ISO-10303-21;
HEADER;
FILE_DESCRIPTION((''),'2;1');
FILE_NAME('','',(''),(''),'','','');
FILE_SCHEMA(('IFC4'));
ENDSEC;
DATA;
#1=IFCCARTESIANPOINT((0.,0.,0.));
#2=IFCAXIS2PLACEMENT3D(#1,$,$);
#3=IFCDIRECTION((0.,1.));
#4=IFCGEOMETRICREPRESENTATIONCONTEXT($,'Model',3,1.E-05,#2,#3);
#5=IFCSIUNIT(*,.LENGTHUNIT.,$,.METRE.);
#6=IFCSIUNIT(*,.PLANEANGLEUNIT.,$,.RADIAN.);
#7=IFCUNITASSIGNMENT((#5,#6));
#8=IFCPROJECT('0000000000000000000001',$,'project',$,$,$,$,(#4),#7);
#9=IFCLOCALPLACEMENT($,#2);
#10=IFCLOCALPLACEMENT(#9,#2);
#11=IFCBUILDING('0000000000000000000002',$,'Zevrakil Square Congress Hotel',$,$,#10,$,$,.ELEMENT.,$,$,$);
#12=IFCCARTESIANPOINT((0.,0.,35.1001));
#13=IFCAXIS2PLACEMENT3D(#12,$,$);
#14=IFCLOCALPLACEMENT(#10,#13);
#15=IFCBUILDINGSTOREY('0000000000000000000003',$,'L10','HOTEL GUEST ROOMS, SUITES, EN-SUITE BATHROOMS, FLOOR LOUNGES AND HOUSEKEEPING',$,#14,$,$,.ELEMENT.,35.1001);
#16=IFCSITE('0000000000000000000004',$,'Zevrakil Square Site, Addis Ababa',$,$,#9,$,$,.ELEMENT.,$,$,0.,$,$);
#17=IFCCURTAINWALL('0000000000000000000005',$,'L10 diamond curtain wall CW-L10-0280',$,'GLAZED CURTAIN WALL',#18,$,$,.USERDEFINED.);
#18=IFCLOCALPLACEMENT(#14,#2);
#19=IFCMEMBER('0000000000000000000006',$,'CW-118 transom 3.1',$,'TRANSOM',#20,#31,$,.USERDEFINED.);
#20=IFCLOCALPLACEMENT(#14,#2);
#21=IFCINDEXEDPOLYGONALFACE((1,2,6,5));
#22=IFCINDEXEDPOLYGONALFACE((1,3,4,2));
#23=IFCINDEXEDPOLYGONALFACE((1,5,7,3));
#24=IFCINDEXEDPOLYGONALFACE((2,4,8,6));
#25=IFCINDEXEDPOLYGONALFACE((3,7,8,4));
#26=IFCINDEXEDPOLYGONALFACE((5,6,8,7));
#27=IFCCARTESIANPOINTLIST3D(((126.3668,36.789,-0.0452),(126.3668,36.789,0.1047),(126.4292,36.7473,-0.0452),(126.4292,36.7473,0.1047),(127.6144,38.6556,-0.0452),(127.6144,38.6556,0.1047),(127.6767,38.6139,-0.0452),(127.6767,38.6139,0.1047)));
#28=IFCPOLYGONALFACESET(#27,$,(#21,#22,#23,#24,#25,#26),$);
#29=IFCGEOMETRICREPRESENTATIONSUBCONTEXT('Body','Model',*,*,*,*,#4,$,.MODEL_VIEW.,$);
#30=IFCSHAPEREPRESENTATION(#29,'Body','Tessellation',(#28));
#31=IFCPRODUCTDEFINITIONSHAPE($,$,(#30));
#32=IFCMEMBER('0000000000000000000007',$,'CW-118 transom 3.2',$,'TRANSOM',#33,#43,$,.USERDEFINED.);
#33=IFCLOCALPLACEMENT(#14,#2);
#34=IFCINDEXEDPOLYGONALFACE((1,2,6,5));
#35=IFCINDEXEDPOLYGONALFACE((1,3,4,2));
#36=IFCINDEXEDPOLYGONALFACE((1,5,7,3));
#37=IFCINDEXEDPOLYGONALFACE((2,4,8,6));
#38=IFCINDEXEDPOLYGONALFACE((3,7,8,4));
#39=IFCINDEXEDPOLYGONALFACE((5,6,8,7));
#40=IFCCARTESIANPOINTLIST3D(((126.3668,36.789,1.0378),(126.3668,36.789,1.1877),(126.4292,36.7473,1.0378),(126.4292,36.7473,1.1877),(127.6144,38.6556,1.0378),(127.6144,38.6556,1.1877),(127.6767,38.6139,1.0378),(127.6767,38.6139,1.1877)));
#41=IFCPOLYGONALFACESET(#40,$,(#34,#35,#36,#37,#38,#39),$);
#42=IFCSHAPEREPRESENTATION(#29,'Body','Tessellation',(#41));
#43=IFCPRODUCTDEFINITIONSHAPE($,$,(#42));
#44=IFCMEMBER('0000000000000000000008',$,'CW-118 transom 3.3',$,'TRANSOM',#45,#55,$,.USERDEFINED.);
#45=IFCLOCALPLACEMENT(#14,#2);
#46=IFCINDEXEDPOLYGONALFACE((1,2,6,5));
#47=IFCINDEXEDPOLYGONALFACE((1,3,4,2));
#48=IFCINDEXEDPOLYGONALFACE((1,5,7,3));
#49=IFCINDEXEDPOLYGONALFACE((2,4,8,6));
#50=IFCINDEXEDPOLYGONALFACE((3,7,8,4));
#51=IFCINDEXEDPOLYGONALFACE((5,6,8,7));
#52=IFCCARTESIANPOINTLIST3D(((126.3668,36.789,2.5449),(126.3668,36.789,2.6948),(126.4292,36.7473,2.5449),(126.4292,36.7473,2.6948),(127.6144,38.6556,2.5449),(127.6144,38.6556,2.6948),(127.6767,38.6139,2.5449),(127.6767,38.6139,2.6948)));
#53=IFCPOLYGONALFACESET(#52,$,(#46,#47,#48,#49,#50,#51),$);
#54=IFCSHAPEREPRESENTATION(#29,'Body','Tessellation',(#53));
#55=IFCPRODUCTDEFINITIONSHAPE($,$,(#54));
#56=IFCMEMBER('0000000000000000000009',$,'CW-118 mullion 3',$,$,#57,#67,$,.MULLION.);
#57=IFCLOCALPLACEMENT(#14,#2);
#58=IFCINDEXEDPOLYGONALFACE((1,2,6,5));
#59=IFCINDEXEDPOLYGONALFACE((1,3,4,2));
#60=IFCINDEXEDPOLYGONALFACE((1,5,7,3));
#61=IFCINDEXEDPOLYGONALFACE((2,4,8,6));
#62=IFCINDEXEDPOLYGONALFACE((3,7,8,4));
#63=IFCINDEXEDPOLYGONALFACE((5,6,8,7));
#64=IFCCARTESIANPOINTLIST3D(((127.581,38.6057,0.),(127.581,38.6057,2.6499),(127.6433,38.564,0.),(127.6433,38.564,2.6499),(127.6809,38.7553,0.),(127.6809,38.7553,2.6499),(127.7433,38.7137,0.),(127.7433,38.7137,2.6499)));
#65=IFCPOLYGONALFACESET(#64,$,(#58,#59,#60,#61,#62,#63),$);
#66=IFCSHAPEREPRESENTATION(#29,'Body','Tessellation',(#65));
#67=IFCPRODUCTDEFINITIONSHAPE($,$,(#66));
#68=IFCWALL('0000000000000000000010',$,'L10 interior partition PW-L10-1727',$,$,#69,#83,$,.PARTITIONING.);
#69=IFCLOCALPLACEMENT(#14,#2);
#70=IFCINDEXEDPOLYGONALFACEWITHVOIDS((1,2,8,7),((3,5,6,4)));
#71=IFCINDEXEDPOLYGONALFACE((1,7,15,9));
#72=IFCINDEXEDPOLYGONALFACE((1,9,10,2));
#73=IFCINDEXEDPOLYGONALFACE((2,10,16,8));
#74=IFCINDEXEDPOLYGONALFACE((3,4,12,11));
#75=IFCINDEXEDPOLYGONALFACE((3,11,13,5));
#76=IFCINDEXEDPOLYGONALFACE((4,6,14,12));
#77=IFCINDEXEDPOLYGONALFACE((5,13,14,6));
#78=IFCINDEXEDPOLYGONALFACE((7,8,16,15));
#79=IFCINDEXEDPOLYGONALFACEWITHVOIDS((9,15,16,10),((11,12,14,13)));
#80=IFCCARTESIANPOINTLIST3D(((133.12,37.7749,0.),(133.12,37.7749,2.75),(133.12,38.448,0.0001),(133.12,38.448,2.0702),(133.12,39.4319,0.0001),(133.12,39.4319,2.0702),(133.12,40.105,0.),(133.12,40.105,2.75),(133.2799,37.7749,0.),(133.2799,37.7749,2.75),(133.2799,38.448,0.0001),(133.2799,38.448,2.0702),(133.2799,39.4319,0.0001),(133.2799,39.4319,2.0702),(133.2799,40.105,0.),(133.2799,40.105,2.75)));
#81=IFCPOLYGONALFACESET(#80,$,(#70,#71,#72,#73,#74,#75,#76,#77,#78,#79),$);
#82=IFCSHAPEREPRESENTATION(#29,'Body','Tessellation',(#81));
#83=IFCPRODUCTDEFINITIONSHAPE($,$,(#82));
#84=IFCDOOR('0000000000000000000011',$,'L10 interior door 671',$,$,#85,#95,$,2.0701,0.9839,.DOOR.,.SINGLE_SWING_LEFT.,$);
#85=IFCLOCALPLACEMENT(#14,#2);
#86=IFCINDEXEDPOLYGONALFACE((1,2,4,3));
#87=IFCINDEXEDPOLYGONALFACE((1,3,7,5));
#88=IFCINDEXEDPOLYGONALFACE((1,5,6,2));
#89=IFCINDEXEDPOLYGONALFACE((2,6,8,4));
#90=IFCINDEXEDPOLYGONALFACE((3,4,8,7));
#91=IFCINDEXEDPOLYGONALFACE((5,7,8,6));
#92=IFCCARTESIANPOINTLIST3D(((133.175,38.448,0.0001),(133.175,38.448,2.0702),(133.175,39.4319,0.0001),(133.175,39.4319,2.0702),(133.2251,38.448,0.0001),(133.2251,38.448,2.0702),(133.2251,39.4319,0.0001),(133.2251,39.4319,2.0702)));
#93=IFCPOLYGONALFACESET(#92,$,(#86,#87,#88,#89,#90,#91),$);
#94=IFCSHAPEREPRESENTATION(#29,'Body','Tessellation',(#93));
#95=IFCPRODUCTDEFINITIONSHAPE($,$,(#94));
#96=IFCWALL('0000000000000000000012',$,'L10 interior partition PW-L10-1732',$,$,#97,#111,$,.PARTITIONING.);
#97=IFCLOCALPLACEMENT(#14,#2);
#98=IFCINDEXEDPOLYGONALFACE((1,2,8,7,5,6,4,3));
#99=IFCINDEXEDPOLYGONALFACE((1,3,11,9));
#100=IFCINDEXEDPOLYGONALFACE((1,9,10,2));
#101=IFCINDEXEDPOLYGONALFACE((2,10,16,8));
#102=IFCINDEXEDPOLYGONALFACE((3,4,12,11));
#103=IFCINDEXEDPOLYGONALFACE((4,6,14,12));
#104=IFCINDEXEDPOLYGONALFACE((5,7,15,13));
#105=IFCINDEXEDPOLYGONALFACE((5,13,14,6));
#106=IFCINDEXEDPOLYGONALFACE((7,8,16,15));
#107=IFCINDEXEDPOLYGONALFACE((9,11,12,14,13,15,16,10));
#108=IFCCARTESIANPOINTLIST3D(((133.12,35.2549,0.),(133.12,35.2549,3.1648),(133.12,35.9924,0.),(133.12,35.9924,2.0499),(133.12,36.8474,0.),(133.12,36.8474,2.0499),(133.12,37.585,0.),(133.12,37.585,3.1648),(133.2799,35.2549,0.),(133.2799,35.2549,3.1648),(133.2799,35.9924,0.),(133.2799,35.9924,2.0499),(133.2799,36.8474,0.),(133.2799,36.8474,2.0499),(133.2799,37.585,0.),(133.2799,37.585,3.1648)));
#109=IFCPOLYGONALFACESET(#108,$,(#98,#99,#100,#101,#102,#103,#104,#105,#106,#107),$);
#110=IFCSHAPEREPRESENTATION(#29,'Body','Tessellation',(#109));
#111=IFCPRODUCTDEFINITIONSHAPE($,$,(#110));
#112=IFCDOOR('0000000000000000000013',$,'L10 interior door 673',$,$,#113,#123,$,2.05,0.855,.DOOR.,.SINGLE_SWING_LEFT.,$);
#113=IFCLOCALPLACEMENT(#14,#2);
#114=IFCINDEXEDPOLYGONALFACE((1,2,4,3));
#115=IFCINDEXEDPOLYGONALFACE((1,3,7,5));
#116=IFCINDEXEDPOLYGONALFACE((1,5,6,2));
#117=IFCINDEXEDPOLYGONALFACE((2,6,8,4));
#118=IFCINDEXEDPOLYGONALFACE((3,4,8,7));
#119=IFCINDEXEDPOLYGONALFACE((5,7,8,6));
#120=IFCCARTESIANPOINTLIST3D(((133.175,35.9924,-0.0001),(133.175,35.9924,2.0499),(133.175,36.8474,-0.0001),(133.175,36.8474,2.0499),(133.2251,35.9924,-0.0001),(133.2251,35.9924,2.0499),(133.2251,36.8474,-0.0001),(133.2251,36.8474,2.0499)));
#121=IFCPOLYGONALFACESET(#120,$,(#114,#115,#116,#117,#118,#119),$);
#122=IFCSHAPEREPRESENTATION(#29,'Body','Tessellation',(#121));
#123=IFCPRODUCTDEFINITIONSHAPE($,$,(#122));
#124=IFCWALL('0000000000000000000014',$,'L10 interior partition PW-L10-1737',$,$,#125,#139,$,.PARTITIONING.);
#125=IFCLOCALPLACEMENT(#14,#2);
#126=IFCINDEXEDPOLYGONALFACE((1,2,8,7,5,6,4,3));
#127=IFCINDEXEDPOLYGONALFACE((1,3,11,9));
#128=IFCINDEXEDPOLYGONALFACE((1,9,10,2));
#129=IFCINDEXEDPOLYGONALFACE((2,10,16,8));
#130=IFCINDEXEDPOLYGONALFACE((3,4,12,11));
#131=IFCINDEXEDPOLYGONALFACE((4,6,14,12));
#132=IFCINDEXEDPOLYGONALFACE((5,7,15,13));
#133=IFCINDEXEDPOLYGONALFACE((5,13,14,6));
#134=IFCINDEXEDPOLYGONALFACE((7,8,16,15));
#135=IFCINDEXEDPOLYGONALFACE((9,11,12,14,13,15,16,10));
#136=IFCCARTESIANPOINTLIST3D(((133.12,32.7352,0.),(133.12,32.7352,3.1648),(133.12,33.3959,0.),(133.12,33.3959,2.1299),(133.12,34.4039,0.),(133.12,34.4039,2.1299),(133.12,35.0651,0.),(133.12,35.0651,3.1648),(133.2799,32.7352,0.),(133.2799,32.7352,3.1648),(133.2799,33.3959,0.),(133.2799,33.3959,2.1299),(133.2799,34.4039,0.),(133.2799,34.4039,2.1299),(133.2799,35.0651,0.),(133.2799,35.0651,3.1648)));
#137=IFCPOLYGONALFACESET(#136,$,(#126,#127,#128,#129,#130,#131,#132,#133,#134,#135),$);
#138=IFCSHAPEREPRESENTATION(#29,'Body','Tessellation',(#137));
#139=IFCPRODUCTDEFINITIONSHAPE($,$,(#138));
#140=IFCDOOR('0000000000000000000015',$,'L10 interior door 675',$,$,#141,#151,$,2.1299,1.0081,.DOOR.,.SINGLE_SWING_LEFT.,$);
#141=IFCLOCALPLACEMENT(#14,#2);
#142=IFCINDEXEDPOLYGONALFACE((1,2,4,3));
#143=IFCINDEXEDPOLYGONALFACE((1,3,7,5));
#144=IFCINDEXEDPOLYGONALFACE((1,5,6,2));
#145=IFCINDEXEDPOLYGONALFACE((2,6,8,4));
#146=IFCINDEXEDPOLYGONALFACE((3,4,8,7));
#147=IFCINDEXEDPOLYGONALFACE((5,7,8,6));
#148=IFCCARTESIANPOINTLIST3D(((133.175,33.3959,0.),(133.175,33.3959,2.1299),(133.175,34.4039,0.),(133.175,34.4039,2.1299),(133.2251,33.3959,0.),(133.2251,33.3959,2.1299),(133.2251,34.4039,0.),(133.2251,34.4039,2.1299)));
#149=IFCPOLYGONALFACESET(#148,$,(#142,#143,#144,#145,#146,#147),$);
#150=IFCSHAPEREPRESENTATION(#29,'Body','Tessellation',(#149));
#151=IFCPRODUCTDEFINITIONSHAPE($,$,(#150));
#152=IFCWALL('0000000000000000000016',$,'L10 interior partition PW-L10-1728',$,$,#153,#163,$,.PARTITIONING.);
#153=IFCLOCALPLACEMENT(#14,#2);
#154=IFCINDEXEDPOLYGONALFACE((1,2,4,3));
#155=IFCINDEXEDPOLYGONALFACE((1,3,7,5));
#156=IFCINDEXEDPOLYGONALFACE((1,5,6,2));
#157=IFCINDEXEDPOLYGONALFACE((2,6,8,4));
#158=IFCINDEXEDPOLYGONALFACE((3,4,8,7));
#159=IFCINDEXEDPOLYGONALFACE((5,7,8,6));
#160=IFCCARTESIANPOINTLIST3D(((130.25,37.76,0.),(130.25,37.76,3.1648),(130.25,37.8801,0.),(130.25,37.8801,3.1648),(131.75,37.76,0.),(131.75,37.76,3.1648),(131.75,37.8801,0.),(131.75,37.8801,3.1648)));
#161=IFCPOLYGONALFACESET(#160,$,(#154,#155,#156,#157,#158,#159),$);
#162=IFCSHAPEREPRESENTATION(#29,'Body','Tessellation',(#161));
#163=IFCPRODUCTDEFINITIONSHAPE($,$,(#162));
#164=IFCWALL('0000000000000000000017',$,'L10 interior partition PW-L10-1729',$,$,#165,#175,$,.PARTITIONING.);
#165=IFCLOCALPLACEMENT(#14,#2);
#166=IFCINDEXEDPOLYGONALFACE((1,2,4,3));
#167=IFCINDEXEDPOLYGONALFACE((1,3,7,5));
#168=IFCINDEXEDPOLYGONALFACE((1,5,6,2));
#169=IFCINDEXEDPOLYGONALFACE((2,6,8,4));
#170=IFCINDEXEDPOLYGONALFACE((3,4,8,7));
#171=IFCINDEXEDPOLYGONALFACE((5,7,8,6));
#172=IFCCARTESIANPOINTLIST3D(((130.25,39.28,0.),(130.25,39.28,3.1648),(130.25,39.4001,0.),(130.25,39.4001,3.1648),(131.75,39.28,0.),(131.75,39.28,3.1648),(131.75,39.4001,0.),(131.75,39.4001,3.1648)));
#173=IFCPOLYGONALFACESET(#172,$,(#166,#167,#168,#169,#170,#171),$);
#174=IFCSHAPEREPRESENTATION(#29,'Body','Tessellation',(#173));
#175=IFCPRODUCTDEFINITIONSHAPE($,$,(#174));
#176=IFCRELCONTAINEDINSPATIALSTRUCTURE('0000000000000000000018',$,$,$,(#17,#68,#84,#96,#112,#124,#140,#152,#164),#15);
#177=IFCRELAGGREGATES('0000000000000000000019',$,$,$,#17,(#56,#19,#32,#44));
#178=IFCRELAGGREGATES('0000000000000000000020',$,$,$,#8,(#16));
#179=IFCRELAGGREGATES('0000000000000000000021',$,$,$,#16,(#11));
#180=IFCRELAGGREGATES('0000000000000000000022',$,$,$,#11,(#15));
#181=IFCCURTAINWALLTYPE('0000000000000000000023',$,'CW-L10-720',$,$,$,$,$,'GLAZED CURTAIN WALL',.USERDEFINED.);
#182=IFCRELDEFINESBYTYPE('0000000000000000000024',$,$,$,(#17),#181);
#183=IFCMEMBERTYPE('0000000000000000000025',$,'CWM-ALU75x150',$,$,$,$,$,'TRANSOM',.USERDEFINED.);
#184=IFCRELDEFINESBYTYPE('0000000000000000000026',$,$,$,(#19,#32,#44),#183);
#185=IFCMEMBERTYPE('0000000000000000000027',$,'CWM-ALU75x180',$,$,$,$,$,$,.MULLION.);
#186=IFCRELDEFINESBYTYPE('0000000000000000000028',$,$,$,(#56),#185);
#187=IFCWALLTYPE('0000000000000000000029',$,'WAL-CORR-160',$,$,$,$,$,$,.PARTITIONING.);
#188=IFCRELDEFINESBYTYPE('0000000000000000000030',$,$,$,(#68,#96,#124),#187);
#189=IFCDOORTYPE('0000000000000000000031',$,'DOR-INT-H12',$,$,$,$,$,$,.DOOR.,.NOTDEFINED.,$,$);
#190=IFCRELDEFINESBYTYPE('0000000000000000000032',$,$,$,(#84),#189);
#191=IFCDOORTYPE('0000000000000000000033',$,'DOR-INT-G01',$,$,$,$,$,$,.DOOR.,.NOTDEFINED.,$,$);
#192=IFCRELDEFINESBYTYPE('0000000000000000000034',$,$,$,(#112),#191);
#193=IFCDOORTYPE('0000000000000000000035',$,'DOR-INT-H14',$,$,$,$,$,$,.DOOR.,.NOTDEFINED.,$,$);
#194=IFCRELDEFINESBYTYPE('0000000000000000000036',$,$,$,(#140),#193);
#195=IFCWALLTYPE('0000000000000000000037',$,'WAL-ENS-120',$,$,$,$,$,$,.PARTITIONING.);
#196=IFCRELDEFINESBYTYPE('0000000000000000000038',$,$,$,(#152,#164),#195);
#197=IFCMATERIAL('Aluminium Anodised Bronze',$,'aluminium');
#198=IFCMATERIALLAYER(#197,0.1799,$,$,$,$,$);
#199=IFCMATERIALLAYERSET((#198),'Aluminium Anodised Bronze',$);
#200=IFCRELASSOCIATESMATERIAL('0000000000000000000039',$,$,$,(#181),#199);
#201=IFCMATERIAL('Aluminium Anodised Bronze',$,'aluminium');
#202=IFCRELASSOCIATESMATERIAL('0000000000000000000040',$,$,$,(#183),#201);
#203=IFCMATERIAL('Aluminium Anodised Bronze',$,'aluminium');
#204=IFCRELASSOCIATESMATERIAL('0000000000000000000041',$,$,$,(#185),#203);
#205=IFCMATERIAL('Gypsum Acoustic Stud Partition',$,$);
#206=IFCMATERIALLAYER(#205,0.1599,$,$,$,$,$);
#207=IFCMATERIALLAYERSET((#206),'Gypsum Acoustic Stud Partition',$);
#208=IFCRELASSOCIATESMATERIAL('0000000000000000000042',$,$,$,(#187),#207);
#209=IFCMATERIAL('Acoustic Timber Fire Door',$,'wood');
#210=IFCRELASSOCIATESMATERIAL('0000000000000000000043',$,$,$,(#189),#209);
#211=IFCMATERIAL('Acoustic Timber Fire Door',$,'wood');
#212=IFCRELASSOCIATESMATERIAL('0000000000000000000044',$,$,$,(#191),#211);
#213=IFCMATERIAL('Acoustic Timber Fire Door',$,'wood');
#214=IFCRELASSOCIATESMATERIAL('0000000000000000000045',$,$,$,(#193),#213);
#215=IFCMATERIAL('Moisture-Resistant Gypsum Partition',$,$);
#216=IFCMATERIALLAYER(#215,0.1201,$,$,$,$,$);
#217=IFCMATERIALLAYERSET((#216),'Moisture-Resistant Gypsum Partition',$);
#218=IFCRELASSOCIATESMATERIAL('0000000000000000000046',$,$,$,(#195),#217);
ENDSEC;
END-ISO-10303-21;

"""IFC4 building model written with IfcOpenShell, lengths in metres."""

from ifc_helpers import new_model, si_unit, direction, frame, frame_2d, origin, origin_2d, place, context, subcontext, project, spatial, rectangle, extrude, material, layer, layer_set, material_profile, profile_set, type_object, element, fill, aggregate, save


model = new_model("IFC4")

# Units and contexts
model_context = context("Model", 3, precision=1e-05, world=origin(), true_north=direction((0.0, 1.0)))
body_context = subcontext(model_context, "Body", "Model", "MODEL_VIEW")
ifc_project = project(units=[si_unit("LENGTHUNIT", "METRE"), si_unit("PLANEANGLEUNIT", "RADIAN")], contexts=[model_context])

# Site, building, storey
site_placement = place(None, origin())
site = spatial("IfcSite", under=ifc_project, at=site_placement, Name="Zevrakil Square Site, Addis Ababa", CompositionType="ELEMENT", RefElevation=0.0)
building_placement = place(site_placement, origin())
building = spatial("IfcBuilding", under=site, at=building_placement, Name="Zevrakil Square Congress Hotel", CompositionType="ELEMENT")
storey_placement = place(building_placement, frame((0.0, 0.0, 35.1001)))
storey = spatial("IfcBuildingStorey", under=building, at=storey_placement, Name="L10", Description="HOTEL GUEST ROOMS, SUITES, EN-SUITE BATHROOMS, FLOOR LOUNGES AND HOUSEKEEPING", CompositionType="ELEMENT", Elevation=35.1001)

# Curtain wall, members
ifc_material_1 = material(Name="Aluminium Anodised Bronze", Category="aluminium")
ifc_layer_1 = layer(ifc_material_1, 0.1799)
ifc_layer_set_1 = layer_set([ifc_layer_1], Name="Aluminium Anodised Bronze")
curtain_wall_type = type_object("IfcCurtainWallType", Name="CW-L10-720", ElementType="GLAZED CURTAIN WALL", PredefinedType="USERDEFINED", material=ifc_layer_set_1)
curtain_wall_placement = place(storey_placement, origin())
curtain_wall = element("IfcCurtainWall", 1, at=curtain_wall_placement, inside=storey, type_object=curtain_wall_type, Name="L10 diamond curtain wall CW-L10-0280", ObjectType="GLAZED CURTAIN WALL", PredefinedType="USERDEFINED")
ifc_material_2 = material(Name="Aluminium Anodised Bronze", Category="aluminium")
ifc_material_profile_1 = material_profile(ifc_material_2, rectangle(XDim=0.075, YDim=0.1499, at=origin_2d()), Name="ALU 75x150")
ifc_profile_set_1 = profile_set([ifc_material_profile_1], Name="Aluminium Anodised Bronze")
member_type_1 = type_object("IfcMemberType", Name="CWM-ALU75x150", ElementType="TRANSOM", PredefinedType="USERDEFINED", material=ifc_profile_set_1)
member_1_placement = place(storey_placement, frame((127.6455, 38.6348, 0.0298), z_axis=(-0.555653, -0.831414, 0.0), x_axis=(0.831414, -0.555653, 0.0)))
member_1 = element("IfcMember", 2, at=member_1_placement, type_object=member_type_1, Name="CW-118 transom 3.1", ObjectType="TRANSOM", PredefinedType="USERDEFINED", context=body_context, shape_type="SweptSolid", body=[
    extrude(rectangle(XDim=0.075, YDim=0.1499, at=origin_2d()), origin(), (0.0, 0.0, 1.0), 2.2451),
])
member_2_placement = place(storey_placement, frame((127.6455, 38.6348, 1.1128), z_axis=(-0.555653, -0.831414, 0.0), x_axis=(0.831414, -0.555653, 0.0)))
member_2 = element("IfcMember", 3, at=member_2_placement, type_object=member_type_1, Name="CW-118 transom 3.2", ObjectType="TRANSOM", PredefinedType="USERDEFINED", context=body_context, shape_type="SweptSolid", body=[
    extrude(rectangle(XDim=0.075, YDim=0.1499, at=origin_2d()), origin(), (0.0, 0.0, 1.0), 2.2451),
])
member_3_placement = place(storey_placement, frame((127.6455, 38.6348, 2.6199), z_axis=(-0.555653, -0.831414, 0.0), x_axis=(0.831414, -0.555653, 0.0)))
member_3 = element("IfcMember", 4, at=member_3_placement, type_object=member_type_1, Name="CW-118 transom 3.3", ObjectType="TRANSOM", PredefinedType="USERDEFINED", context=body_context, shape_type="SweptSolid", body=[
    extrude(rectangle(XDim=0.075, YDim=0.1499, at=origin_2d()), origin(), (0.0, 0.0, 1.0), 2.2451),
])
ifc_material_3 = material(Name="Aluminium Anodised Bronze", Category="aluminium")
ifc_material_profile_2 = material_profile(ifc_material_3, rectangle(XDim=0.075, YDim=0.1799, at=origin_2d()), Name="ALU 75x180")
ifc_profile_set_2 = profile_set([ifc_material_profile_2], Name="Aluminium Anodised Bronze")
member_type_2 = type_object("IfcMemberType", Name="CWM-ALU75x180", PredefinedType="MULLION", material=ifc_profile_set_2)
member_4_placement = place(storey_placement, frame((127.6621, 38.6597, 0.0), z_axis=(0.0, 0.0, 1.0), x_axis=(0.831466, -0.555576, 0.0)))
member_4 = element("IfcMember", 5, at=member_4_placement, type_object=member_type_2, Name="CW-118 mullion 3", PredefinedType="MULLION", context=body_context, shape_type="SweptSolid", body=[
    extrude(rectangle(XDim=0.075, YDim=0.1799, at=origin_2d()), origin(), (0.0, 0.0, 1.0), 2.6499),
])
aggregate(curtain_wall, [member_4, member_1, member_2, member_3])

# Walls, openings, doors
ifc_material_4 = material(Name="Gypsum Acoustic Stud Partition")
ifc_layer_2 = layer(ifc_material_4, 0.1599)
ifc_layer_set_2 = layer_set([ifc_layer_2], Name="Gypsum Acoustic Stud Partition")
wall_type_1 = type_object("IfcWallType", Name="WAL-CORR-160", PredefinedType="PARTITIONING", material=ifc_layer_set_2)
wall_1_placement = place(storey_placement, frame((133.2, 37.7749, 0.0), z_axis=(0.0, 0.0, 1.0), x_axis=(0.0, 1.0, 0.0)))
wall_1 = element("IfcWall", 6, at=wall_1_placement, inside=storey, type_object=wall_type_1, Name="L10 interior partition PW-L10-1727", PredefinedType="PARTITIONING", context=body_context, shape_type="SweptSolid", body=[
    extrude(rectangle(XDim=2.3301, YDim=0.1599, at=frame_2d((1.165, 0.0))), origin(), (0.0, 0.0, 1.0), 2.75),
])
opening_1_placement = place(wall_1_placement, frame((0.6731, 0.0, 0.0)))
opening_1 = element("IfcOpeningElement", 7, at=opening_1_placement, cuts=wall_1, PredefinedType="OPENING", context=body_context, shape_type="SweptSolid", body=[
    extrude(rectangle(XDim=0.9839, YDim=2.0701, at=frame_2d((0.4919, 1.0352))), frame((0.0, 0.0898, 0.0), z_axis=(0.0, -1.0, 0.0), x_axis=(1.0, 0.0, 0.0)), (0.0, 0.0, 1.0), 0.1799),
])
ifc_material_5 = material(Name="Acoustic Timber Fire Door", Category="wood")
door_type_1 = type_object("IfcDoorType", Name="DOR-INT-H12", OperationType="NOTDEFINED", PredefinedType="DOOR", material=ifc_material_5)
door_1_placement = place(opening_1_placement, origin())
door_1 = element("IfcDoor", 8, at=door_1_placement, inside=storey, type_object=door_type_1, Name="L10 interior door 671", OperationType="SINGLE_SWING_LEFT", OverallHeight=2.0701, OverallWidth=0.9839, PredefinedType="DOOR", context=body_context, shape_type="SweptSolid", body=[
    extrude(rectangle(XDim=0.9839, YDim=2.0701, at=frame_2d((0.4919, 1.0352))), frame((0.0, 0.0249, 0.0), z_axis=(0.0, -1.0, 0.0), x_axis=(1.0, 0.0, 0.0)), (0.0, 0.0, 1.0), 0.05),
])
fill(opening_1, door_1)
wall_2_placement = place(storey_placement, frame((133.2, 35.2549, 0.0), z_axis=(0.0, 0.0, 1.0), x_axis=(0.0, 1.0, 0.0)))
wall_2 = element("IfcWall", 9, at=wall_2_placement, inside=storey, type_object=wall_type_1, Name="L10 interior partition PW-L10-1732", PredefinedType="PARTITIONING", context=body_context, shape_type="SweptSolid", body=[
    extrude(rectangle(XDim=2.3301, YDim=0.1599, at=frame_2d((1.165, 0.0))), origin(), (0.0, 0.0, 1.0), 3.1648),
])
opening_2_placement = place(wall_2_placement, frame((0.7375, 0.0, 0.0)))
opening_2 = element("IfcOpeningElement", 10, at=opening_2_placement, cuts=wall_2, PredefinedType="OPENING", context=body_context, shape_type="SweptSolid", body=[
    extrude(rectangle(XDim=0.855, YDim=2.05, at=frame_2d((0.4275, 1.0249))), frame((0.0, 0.0898, 0.0), z_axis=(0.0, -1.0, 0.0), x_axis=(1.0, 0.0, 0.0)), (0.0, 0.0, 1.0), 0.1799),
])
ifc_material_6 = material(Name="Acoustic Timber Fire Door", Category="wood")
door_type_2 = type_object("IfcDoorType", Name="DOR-INT-G01", OperationType="NOTDEFINED", PredefinedType="DOOR", material=ifc_material_6)
door_2_placement = place(opening_2_placement, origin())
door_2 = element("IfcDoor", 11, at=door_2_placement, inside=storey, type_object=door_type_2, Name="L10 interior door 673", OperationType="SINGLE_SWING_LEFT", OverallHeight=2.05, OverallWidth=0.855, PredefinedType="DOOR", context=body_context, shape_type="SweptSolid", body=[
    extrude(rectangle(XDim=0.855, YDim=2.05, at=frame_2d((0.4275, 1.0249))), frame((0.0, 0.0249, 0.0), z_axis=(0.0, -1.0, 0.0), x_axis=(1.0, 0.0, 0.0)), (0.0, 0.0, 1.0), 0.05),
])
fill(opening_2, door_2)
wall_3_placement = place(storey_placement, frame((133.2, 32.7351, 0.0), z_axis=(0.0, 0.0, 1.0), x_axis=(0.0, 1.0, 0.0)))
wall_3 = element("IfcWall", 12, at=wall_3_placement, inside=storey, type_object=wall_type_1, Name="L10 interior partition PW-L10-1737", PredefinedType="PARTITIONING", context=body_context, shape_type="SweptSolid", body=[
    extrude(rectangle(XDim=2.3298, YDim=0.1599, at=frame_2d((1.165, 0.0))), origin(), (0.0, 0.0, 1.0), 3.1648),
])
opening_3_placement = place(wall_3_placement, frame((0.6609, 0.0, 0.0)))
opening_3 = element("IfcOpeningElement", 13, at=opening_3_placement, cuts=wall_3, PredefinedType="OPENING", context=body_context, shape_type="SweptSolid", body=[
    extrude(rectangle(XDim=1.0081, YDim=2.1299, at=frame_2d((0.5039, 1.0649))), frame((0.0, 0.0898, 0.0), z_axis=(0.0, -1.0, 0.0), x_axis=(1.0, 0.0, 0.0)), (0.0, 0.0, 1.0), 0.1799),
])
ifc_material_7 = material(Name="Acoustic Timber Fire Door", Category="wood")
door_type_3 = type_object("IfcDoorType", Name="DOR-INT-H14", OperationType="NOTDEFINED", PredefinedType="DOOR", material=ifc_material_7)
door_3_placement = place(opening_3_placement, origin())
door_3 = element("IfcDoor", 14, at=door_3_placement, inside=storey, type_object=door_type_3, Name="L10 interior door 675", OperationType="SINGLE_SWING_LEFT", OverallHeight=2.1299, OverallWidth=1.0081, PredefinedType="DOOR", context=body_context, shape_type="SweptSolid", body=[
    extrude(rectangle(XDim=1.0081, YDim=2.1299, at=frame_2d((0.5039, 1.0649))), frame((0.0, 0.0249, 0.0), z_axis=(0.0, -1.0, 0.0), x_axis=(1.0, 0.0, 0.0)), (0.0, 0.0, 1.0), 0.05),
])
fill(opening_3, door_3)

# Walls
ifc_material_8 = material(Name="Moisture-Resistant Gypsum Partition")
ifc_layer_3 = layer(ifc_material_8, 0.1201)
ifc_layer_set_3 = layer_set([ifc_layer_3], Name="Moisture-Resistant Gypsum Partition")
wall_type_2 = type_object("IfcWallType", Name="WAL-ENS-120", PredefinedType="PARTITIONING", material=ifc_layer_set_3)
for number, where, z_axis, x_axis, name in (
    (15, (130.25, 37.8201, 0.0), (0.0, 0.0, 1.0), (1.0, 0.0, 0.0), "L10 interior partition PW-L10-1728"),
    (16, (130.25, 39.3401, 0.0), (0.0, 0.0, 1.0), (1.0, 0.0, 0.0), "L10 interior partition PW-L10-1729"),
):
    element("IfcWall", number, at=place(storey_placement, frame(where, z_axis=z_axis, x_axis=x_axis)), inside=storey, type_object=wall_type_2, Name=name, PredefinedType="PARTITIONING", context=body_context, shape_type="SweptSolid", body=[
        extrude(rectangle(XDim=1.5, YDim=0.1201, at=frame_2d((0.75, 0.0))), origin(), (0.0, 0.0, 1.0), 3.1648),
    ])

save(model, "model.ifc")
